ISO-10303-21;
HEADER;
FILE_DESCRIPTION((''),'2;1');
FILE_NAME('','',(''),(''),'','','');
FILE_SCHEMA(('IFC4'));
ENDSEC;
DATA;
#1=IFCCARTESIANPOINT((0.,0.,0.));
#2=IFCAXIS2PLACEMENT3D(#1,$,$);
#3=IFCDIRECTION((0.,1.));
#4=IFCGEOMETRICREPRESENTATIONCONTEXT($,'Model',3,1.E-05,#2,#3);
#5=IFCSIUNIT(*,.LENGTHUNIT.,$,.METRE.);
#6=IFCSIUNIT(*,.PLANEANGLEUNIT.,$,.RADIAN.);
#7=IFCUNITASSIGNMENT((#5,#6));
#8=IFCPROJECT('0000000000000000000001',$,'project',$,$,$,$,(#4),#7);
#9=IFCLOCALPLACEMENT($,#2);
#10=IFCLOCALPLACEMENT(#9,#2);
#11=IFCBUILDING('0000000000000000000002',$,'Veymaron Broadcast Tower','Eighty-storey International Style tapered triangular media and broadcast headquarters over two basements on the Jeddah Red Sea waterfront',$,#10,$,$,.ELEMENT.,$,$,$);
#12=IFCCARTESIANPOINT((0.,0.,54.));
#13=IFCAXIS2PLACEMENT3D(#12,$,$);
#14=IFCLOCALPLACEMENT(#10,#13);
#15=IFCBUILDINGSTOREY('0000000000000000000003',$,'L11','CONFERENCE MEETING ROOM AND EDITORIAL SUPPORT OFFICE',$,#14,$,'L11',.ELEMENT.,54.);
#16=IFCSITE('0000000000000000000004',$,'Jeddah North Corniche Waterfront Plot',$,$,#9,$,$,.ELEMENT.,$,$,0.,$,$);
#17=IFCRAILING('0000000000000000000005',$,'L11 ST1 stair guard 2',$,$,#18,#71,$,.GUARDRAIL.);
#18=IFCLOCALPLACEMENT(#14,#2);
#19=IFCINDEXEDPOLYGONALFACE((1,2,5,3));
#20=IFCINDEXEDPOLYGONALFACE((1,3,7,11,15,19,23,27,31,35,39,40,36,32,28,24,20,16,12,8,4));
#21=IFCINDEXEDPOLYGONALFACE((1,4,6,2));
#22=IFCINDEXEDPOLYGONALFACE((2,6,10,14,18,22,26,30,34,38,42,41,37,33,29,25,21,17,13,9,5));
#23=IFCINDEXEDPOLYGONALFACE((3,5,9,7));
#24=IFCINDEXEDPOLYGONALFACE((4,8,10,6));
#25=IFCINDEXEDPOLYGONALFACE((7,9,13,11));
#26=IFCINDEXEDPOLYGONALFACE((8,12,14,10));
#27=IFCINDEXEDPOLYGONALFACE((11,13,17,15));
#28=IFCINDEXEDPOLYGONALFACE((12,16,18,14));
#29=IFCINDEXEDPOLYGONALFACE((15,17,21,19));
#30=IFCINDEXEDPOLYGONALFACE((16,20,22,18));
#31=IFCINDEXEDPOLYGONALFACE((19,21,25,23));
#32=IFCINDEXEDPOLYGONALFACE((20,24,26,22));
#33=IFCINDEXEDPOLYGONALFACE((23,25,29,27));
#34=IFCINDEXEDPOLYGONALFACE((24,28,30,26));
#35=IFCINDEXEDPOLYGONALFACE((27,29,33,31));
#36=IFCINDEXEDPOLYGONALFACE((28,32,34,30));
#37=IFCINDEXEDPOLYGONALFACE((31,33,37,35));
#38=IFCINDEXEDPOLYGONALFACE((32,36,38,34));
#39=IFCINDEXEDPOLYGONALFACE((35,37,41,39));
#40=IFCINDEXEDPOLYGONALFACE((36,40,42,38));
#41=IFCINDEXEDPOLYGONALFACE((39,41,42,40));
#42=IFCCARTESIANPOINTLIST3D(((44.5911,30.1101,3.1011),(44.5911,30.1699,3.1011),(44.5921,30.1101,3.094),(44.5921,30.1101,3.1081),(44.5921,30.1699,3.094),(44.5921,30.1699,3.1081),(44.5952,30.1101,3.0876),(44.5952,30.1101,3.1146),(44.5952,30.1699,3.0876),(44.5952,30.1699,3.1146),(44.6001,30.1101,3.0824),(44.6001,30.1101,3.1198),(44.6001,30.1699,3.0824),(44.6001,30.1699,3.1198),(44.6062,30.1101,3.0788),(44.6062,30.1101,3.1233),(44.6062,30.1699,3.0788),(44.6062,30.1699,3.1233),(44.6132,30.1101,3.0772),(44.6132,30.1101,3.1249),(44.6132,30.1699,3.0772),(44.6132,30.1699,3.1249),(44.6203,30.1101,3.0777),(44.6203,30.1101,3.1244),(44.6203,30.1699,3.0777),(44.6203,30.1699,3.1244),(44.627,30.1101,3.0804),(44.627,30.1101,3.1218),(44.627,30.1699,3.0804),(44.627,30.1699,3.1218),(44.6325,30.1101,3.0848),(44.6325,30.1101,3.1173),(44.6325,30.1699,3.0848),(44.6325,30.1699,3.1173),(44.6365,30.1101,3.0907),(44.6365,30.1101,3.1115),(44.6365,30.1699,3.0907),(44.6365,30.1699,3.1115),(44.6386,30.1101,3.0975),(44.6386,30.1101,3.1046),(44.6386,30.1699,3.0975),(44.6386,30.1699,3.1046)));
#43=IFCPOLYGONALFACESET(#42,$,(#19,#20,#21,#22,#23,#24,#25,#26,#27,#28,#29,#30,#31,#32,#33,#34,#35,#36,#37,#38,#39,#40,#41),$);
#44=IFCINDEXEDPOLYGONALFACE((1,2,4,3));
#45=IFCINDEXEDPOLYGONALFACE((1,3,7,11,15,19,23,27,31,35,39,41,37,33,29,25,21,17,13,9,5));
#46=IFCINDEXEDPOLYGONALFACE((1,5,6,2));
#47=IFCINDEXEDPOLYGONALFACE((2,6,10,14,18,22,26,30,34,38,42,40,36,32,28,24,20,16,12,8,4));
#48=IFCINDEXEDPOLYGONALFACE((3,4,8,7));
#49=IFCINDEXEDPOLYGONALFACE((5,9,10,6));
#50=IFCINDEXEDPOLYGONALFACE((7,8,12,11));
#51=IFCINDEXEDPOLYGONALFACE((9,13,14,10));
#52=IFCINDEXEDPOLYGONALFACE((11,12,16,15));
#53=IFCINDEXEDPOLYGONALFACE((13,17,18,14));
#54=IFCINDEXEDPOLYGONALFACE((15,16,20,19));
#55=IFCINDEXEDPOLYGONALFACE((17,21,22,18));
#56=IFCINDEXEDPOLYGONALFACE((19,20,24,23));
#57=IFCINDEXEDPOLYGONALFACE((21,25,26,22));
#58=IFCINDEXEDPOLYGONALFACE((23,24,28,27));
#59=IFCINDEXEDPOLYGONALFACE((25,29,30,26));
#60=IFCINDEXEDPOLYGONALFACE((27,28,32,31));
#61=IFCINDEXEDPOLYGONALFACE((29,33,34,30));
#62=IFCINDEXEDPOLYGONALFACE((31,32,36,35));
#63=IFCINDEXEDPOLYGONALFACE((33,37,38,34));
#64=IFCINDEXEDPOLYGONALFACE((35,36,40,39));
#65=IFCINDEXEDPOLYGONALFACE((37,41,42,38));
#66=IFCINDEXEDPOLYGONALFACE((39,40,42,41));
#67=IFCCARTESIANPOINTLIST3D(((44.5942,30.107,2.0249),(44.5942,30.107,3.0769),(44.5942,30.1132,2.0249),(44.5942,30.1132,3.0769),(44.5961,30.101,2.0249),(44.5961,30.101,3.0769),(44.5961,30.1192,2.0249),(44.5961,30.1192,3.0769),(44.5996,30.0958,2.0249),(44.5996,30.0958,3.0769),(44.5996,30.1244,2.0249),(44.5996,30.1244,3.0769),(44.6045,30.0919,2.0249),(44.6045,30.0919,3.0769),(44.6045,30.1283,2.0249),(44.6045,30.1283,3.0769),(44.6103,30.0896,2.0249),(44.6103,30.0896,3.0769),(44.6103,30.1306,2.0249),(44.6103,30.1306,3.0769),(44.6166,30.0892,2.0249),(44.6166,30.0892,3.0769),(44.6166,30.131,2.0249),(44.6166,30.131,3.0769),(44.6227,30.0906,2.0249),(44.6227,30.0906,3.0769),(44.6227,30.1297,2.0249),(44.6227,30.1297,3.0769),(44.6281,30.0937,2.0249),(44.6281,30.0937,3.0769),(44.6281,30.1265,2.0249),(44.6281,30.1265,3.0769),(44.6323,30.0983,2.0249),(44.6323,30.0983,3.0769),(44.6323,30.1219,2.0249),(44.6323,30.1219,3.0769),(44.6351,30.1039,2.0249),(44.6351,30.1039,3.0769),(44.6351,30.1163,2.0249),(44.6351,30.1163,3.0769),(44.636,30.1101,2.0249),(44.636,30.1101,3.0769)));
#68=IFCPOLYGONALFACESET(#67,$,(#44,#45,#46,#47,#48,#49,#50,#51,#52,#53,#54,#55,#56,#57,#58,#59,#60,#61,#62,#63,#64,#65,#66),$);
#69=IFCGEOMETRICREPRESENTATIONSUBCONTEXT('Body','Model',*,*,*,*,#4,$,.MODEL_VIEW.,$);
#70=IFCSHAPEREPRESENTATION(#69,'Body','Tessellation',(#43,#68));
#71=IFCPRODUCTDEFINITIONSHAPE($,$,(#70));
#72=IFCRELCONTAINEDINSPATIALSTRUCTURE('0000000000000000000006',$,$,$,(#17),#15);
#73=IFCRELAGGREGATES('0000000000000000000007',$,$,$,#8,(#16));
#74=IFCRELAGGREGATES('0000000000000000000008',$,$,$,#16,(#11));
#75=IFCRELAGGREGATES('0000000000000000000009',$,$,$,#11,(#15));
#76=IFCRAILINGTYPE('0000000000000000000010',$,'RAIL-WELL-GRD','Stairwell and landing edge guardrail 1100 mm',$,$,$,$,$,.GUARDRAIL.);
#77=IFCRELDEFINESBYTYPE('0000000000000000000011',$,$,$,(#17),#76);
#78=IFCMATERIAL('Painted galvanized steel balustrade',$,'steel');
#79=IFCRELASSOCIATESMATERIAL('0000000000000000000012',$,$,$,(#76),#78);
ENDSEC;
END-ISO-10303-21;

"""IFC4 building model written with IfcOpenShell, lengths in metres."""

from ifc_helpers import new_model, si_unit, direction, frame, origin, origin_2d, place, context, subcontext, project, spatial, circle, extrude, material, type_object, element, save


model = new_model("IFC4")

# Units and contexts
model_context = context("Model", 3, precision=1e-05, world=origin(), true_north=direction((0.0, 1.0)))
body_context = subcontext(model_context, "Body", "Model", "MODEL_VIEW")
ifc_project = project(units=[si_unit("LENGTHUNIT", "METRE"), si_unit("PLANEANGLEUNIT", "RADIAN")], contexts=[model_context])

# Site, building, storey
site_placement = place(None, origin())
site = spatial("IfcSite", under=ifc_project, at=site_placement, Name="Jeddah North Corniche Waterfront Plot", CompositionType="ELEMENT", RefElevation=0.0)
building_placement = place(site_placement, origin())
building = spatial("IfcBuilding", under=site, at=building_placement, Name="Veymaron Broadcast Tower", Description="Eighty-storey International Style tapered triangular media and broadcast headquarters over two basements on the Jeddah Red Sea waterfront", CompositionType="ELEMENT")
storey_placement = place(building_placement, frame((0.0, 0.0, 54.0)))
storey = spatial("IfcBuildingStorey", under=building, at=storey_placement, Name="L11", Description="CONFERENCE MEETING ROOM AND EDITORIAL SUPPORT OFFICE", LongName="L11", CompositionType="ELEMENT", Elevation=54.0)

# Railing
ifc_material_1 = material(Name="Painted galvanized steel balustrade", Category="steel")
railing_type_1 = type_object("IfcRailingType", Name="RAIL-WELL-GRD", Description="Stairwell and landing edge guardrail 1100 mm", PredefinedType="GUARDRAIL", material=ifc_material_1)
railing_1_placement = place(storey_placement, frame((44.615, 30.1101, 2.0249)))
element("IfcRailing", 1, at=railing_1_placement, inside=storey, type_object=railing_type_1, Name="L11 ST1 stair guard 2", PredefinedType="GUARDRAIL", context=body_context, shape_type="SweptSolid", body=[
    extrude(circle(Radius=0.0239, at=origin_2d()), frame((0.0, 0.0, 1.0762), z_axis=(0.0, 1.0, 0.0), x_axis=(-1.0, 0.0, 0.0)), (0.0, 0.0, 1.0), 0.0598),
    extrude(circle(Radius=0.021, at=origin_2d()), origin(), (0.0, 0.0, 1.0), 1.052),
])

save(model, "model.ifc")
